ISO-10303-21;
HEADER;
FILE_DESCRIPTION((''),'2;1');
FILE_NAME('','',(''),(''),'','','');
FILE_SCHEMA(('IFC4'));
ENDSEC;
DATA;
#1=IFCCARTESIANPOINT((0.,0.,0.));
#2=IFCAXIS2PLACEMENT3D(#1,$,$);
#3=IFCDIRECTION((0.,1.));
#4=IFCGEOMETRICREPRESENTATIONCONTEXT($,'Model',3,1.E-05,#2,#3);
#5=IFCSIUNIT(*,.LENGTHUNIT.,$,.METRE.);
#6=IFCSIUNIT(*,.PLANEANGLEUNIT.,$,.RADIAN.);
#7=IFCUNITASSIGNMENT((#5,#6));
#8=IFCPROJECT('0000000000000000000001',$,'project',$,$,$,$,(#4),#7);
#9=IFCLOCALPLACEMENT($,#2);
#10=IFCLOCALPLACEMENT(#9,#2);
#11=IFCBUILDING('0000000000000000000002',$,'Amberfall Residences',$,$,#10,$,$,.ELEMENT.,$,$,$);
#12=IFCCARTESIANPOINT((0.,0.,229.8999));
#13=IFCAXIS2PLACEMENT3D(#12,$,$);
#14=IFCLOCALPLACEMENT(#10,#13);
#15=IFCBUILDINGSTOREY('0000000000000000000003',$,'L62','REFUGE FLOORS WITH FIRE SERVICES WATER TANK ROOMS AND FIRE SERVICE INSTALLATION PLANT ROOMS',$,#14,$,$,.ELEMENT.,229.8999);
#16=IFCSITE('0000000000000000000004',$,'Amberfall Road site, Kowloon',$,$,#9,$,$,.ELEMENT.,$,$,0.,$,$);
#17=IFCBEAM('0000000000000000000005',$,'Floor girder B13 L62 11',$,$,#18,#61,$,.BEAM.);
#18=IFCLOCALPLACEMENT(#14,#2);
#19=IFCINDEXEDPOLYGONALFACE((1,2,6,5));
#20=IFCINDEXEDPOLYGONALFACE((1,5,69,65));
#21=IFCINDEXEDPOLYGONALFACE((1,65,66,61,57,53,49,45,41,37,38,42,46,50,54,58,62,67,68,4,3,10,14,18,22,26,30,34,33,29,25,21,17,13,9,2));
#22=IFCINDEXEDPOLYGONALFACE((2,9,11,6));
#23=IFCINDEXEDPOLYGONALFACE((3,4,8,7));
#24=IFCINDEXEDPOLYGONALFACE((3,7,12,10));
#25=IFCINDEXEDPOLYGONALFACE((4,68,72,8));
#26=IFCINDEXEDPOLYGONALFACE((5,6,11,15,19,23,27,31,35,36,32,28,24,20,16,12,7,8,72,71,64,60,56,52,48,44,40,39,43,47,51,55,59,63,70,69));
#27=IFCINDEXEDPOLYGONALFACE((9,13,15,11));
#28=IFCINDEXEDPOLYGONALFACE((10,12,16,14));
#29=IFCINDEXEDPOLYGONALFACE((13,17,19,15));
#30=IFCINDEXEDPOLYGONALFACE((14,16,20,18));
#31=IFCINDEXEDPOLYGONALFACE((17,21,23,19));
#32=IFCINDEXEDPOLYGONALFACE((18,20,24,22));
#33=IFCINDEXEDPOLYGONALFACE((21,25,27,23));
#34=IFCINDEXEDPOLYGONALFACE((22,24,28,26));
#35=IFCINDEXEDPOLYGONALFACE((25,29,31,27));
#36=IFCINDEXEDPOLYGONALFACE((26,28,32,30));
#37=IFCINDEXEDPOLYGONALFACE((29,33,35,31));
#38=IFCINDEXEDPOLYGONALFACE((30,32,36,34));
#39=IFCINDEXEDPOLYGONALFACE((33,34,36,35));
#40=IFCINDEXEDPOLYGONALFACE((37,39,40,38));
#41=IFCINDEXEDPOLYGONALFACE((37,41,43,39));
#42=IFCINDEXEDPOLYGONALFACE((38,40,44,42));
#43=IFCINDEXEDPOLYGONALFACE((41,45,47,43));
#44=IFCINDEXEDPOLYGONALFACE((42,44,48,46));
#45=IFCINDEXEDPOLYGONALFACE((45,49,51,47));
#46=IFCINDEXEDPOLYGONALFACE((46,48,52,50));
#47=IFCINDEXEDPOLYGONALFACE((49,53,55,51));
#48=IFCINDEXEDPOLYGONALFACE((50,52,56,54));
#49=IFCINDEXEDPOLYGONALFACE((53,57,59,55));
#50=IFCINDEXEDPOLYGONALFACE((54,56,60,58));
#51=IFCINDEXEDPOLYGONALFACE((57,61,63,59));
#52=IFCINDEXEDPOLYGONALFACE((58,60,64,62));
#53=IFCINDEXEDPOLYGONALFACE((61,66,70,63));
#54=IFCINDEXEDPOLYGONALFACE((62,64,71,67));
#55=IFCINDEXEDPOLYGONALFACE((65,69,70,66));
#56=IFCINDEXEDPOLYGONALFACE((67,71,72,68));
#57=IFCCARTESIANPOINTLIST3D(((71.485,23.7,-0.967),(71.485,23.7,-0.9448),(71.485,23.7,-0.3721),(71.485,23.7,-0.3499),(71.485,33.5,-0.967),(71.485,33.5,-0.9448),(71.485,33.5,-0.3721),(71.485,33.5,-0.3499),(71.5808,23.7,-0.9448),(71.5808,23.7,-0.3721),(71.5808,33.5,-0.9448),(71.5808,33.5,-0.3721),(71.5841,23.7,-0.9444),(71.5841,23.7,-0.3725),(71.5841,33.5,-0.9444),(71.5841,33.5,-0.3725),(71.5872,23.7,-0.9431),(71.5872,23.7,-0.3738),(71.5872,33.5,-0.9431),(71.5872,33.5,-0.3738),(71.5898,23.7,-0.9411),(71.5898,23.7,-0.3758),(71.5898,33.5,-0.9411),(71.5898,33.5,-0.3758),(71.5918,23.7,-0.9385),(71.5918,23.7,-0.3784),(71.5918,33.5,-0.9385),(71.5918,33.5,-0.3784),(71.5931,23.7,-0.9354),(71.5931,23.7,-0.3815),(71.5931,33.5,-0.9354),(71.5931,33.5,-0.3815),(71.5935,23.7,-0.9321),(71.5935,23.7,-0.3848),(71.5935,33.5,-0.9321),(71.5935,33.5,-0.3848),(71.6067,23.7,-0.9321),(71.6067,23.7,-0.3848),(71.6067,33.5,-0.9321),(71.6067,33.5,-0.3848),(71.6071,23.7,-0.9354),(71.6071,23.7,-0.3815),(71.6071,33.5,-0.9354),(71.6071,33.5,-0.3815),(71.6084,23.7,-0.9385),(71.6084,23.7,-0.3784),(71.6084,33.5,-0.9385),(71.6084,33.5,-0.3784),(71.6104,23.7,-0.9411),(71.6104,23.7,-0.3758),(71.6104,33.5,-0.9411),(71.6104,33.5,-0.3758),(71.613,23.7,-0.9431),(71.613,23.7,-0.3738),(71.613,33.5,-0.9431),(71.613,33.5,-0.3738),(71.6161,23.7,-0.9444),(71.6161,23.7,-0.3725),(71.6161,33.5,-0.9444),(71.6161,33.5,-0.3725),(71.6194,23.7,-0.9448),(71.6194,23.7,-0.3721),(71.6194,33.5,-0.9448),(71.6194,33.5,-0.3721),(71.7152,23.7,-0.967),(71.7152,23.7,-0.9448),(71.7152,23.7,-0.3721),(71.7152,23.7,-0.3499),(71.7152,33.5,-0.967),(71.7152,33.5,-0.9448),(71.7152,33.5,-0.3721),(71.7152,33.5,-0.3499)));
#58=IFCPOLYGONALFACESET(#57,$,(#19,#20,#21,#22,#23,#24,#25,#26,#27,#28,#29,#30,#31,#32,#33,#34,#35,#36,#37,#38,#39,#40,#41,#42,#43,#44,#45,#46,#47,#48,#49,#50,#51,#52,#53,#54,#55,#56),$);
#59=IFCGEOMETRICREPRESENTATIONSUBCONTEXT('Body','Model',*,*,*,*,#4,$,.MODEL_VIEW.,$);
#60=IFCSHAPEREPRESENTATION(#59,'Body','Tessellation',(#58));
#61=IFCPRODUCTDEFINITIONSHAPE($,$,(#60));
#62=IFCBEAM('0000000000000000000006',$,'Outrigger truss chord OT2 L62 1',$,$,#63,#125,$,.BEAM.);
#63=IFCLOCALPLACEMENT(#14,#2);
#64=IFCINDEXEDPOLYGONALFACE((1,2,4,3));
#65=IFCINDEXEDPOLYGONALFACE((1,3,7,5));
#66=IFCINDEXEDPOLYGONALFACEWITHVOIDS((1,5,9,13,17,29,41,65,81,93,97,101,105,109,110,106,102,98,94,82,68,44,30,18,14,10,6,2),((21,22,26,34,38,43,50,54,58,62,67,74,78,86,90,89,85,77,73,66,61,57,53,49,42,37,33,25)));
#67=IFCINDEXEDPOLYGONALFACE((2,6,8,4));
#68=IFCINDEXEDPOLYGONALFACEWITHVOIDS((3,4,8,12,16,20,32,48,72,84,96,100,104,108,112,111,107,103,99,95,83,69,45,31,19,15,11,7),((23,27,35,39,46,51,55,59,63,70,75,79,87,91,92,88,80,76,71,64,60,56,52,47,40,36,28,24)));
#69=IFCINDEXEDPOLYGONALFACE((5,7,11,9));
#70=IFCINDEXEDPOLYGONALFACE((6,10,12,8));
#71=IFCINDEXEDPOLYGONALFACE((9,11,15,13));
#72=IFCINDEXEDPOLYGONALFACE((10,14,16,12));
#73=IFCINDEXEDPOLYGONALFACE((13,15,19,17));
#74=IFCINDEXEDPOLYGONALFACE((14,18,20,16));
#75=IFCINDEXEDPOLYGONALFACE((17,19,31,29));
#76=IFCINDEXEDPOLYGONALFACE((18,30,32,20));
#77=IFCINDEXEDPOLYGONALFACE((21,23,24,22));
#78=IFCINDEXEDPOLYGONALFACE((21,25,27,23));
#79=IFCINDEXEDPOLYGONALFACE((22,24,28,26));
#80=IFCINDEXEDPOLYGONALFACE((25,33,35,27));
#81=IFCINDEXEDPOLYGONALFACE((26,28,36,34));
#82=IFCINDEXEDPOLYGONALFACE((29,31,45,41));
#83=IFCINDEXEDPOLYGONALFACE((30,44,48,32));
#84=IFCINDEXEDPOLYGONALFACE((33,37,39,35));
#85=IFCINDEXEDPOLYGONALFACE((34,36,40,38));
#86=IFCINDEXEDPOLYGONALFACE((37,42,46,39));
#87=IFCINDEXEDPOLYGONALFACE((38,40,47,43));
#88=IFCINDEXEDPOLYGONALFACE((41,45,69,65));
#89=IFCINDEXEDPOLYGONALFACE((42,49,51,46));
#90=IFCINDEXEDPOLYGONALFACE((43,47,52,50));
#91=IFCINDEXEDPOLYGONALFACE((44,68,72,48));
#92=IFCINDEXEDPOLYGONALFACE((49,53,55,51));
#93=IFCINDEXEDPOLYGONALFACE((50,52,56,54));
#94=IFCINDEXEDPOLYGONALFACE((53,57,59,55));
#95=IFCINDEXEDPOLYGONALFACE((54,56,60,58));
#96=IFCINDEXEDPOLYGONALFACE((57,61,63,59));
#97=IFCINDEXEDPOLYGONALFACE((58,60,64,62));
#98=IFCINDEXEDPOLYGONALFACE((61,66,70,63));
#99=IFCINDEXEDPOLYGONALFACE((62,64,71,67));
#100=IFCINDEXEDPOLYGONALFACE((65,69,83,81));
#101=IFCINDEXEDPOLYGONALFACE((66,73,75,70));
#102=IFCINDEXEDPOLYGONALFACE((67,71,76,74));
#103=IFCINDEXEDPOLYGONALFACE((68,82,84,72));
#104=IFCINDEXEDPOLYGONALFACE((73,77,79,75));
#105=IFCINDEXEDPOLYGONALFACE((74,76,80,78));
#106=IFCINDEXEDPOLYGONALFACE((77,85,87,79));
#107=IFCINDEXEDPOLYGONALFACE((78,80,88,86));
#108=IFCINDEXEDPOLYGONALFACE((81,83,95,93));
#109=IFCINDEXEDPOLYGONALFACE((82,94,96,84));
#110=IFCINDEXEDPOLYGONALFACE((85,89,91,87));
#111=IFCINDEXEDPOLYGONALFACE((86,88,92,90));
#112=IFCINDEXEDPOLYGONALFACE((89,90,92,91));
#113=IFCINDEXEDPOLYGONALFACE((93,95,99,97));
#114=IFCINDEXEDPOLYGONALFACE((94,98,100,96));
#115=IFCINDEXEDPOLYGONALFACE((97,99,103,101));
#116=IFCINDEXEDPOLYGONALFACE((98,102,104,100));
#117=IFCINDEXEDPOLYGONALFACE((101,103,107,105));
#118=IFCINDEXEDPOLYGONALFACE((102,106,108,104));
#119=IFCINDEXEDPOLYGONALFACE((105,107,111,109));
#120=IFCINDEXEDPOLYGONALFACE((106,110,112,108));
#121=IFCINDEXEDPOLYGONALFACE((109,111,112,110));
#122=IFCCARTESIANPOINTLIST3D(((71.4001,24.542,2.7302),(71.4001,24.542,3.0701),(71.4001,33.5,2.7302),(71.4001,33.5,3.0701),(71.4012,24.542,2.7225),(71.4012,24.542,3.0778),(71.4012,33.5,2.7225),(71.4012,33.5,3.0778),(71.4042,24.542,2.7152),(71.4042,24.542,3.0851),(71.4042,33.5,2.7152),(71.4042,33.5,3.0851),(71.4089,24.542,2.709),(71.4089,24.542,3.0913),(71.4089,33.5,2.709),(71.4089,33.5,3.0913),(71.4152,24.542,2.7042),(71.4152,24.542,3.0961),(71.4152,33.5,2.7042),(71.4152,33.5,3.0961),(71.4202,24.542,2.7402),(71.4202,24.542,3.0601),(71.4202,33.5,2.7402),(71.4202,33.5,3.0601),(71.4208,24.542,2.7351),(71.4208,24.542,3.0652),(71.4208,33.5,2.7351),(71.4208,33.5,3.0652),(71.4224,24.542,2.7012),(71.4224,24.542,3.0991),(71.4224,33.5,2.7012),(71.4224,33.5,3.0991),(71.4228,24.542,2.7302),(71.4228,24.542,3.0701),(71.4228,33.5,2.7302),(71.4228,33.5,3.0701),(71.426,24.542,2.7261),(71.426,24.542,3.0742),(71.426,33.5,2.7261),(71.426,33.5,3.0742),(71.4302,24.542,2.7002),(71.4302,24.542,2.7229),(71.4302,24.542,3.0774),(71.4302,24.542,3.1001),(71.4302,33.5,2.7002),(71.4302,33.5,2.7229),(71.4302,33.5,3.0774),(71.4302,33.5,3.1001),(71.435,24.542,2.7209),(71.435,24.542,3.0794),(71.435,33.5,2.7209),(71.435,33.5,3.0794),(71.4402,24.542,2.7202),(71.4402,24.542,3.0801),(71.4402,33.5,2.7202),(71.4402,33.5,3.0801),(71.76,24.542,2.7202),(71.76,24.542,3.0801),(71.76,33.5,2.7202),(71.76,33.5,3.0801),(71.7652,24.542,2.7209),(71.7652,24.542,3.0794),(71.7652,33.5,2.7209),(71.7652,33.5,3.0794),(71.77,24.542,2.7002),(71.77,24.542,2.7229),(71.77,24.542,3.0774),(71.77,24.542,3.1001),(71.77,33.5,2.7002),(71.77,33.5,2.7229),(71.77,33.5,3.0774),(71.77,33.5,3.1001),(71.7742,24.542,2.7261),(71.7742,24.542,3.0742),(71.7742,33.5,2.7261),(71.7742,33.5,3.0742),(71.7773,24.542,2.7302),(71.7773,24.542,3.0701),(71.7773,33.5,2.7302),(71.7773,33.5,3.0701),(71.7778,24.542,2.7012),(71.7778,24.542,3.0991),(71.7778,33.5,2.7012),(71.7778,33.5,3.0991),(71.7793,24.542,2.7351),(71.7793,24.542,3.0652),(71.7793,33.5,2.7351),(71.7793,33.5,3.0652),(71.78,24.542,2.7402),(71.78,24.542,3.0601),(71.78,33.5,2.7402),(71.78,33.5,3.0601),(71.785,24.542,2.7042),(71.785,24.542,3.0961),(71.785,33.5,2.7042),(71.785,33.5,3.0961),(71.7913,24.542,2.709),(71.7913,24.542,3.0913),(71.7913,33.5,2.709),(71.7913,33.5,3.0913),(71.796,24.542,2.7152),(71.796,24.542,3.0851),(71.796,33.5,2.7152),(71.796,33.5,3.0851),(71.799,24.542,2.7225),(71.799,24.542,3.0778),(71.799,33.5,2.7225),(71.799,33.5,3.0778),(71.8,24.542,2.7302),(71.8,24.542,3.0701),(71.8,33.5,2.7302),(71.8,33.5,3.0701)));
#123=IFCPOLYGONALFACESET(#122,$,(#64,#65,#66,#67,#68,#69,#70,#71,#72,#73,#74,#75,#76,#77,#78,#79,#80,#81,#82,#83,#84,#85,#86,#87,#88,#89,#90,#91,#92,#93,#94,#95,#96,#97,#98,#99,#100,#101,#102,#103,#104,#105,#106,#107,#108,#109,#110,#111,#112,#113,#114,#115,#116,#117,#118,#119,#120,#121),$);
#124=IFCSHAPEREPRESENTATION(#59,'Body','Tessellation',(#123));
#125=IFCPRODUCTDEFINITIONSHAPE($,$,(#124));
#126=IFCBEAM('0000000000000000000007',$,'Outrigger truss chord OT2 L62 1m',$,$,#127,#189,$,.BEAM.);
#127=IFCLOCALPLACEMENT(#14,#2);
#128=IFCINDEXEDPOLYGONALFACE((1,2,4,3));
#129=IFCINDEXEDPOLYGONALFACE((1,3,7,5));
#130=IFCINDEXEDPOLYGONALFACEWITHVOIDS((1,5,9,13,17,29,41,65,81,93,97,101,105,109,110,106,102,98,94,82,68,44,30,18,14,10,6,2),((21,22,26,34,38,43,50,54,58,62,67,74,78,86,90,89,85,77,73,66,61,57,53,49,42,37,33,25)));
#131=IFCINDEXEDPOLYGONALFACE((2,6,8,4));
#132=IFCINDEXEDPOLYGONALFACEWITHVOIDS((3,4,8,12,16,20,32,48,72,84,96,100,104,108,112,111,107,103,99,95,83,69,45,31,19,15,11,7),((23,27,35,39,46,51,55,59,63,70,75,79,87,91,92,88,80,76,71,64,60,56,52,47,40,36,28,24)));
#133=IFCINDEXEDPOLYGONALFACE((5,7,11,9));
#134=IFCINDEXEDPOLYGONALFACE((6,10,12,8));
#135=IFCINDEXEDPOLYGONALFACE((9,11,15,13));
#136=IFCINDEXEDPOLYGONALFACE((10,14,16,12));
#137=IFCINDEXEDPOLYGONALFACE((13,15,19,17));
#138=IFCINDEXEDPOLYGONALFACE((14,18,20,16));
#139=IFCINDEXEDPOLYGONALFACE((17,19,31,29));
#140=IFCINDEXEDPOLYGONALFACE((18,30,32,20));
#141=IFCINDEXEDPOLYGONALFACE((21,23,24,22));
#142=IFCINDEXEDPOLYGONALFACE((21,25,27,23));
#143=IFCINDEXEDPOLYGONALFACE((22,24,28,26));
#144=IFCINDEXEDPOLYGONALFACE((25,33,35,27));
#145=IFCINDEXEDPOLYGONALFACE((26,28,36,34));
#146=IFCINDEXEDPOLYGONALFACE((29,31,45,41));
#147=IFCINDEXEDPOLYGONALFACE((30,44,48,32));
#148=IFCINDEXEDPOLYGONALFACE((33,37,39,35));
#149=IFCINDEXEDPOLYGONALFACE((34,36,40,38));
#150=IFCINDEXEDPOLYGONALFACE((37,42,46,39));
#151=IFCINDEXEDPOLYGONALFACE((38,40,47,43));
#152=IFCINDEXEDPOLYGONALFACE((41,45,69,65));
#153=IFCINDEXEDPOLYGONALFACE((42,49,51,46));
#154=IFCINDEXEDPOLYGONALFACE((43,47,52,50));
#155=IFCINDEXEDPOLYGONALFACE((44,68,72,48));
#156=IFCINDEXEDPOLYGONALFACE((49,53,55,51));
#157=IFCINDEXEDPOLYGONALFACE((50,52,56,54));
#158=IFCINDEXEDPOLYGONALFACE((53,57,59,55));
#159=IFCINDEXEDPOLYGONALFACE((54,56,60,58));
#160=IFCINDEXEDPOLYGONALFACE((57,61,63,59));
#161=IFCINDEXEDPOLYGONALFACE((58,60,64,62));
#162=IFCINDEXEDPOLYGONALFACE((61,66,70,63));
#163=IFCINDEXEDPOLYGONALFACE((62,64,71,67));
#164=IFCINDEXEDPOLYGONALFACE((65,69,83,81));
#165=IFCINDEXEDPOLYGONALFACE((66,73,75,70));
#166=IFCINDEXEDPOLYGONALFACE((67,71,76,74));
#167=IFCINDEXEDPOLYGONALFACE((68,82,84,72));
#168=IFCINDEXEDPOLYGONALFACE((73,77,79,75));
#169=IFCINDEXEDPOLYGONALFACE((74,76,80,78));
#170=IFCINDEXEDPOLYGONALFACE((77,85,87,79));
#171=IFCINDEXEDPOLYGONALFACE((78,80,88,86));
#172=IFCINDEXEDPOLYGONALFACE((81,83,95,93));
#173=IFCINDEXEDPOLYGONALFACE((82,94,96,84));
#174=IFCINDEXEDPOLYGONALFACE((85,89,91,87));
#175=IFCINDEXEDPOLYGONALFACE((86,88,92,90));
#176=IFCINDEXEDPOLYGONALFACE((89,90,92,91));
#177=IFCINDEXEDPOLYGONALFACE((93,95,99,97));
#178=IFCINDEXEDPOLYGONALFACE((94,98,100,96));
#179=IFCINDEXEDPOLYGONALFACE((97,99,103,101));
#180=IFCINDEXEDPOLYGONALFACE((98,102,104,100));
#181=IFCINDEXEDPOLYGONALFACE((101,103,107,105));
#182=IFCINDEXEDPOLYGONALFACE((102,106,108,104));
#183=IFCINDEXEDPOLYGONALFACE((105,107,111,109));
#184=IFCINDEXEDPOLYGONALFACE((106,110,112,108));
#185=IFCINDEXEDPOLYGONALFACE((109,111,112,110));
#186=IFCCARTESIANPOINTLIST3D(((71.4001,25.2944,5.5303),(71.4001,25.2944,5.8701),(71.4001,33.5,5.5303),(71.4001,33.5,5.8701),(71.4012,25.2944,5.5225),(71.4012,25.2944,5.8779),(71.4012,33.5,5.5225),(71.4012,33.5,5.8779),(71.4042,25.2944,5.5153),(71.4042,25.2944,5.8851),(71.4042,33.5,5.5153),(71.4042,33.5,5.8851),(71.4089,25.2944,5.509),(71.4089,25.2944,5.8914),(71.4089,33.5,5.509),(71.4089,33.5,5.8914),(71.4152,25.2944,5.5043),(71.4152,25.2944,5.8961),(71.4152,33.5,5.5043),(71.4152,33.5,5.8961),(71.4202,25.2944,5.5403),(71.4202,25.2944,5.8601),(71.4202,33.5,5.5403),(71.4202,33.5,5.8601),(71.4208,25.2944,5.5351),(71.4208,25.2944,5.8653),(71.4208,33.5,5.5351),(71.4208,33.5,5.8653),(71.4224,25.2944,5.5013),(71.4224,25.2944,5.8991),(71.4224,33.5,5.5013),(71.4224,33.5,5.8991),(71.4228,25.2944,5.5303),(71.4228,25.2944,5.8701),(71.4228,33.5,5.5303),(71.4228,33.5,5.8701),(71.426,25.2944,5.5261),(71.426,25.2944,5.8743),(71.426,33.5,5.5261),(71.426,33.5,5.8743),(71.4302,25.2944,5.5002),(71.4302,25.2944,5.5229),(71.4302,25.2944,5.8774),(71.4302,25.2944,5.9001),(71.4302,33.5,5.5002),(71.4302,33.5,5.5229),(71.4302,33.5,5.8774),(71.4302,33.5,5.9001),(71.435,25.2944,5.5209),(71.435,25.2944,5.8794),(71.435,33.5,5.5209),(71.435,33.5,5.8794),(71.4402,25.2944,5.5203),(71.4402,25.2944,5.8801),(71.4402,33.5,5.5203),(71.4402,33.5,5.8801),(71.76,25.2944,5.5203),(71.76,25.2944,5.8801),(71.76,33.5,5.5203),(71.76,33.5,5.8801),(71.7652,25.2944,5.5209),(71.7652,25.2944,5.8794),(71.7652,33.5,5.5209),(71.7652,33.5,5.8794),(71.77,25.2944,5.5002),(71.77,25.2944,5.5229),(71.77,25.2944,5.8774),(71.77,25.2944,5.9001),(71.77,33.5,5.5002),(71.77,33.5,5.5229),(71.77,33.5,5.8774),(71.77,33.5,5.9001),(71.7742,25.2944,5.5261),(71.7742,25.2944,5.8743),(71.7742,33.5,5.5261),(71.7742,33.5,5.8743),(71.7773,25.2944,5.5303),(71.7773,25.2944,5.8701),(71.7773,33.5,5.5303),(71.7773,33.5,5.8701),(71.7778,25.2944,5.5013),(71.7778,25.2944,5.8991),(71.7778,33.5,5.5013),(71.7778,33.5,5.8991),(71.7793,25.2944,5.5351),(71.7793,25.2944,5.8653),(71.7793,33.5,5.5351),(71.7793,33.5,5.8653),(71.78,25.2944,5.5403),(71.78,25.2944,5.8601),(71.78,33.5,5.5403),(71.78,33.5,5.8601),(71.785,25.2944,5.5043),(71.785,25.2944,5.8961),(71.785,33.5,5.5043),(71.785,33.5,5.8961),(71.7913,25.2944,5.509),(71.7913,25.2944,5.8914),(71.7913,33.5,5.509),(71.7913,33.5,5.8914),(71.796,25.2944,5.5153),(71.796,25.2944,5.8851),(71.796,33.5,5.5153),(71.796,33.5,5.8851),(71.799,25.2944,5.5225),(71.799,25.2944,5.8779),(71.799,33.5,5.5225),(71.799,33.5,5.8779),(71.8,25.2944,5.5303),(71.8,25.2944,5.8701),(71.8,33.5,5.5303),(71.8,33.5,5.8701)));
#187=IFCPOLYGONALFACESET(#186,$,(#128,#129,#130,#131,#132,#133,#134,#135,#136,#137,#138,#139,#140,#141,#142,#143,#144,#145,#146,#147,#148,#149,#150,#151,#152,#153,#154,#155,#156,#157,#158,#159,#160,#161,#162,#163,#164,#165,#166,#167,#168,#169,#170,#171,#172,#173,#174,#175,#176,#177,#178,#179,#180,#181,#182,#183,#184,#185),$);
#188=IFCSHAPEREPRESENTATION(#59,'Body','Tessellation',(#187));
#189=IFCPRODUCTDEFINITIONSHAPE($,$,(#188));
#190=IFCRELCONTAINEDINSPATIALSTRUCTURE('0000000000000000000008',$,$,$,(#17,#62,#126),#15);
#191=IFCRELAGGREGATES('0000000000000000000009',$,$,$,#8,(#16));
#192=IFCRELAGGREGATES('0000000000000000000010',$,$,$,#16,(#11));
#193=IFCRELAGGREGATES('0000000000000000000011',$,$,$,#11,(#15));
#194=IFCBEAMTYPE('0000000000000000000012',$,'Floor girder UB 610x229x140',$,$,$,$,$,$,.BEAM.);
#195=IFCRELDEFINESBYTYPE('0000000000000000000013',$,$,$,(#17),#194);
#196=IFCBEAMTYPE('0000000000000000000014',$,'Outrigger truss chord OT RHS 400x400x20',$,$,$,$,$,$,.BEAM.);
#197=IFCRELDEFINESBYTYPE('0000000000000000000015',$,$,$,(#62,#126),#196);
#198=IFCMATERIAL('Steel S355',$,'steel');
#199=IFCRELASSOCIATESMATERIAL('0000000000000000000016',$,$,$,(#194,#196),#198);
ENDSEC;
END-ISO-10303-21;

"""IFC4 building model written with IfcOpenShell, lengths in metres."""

from ifc_helpers import new_model, si_unit, direction, frame, origin, origin_2d, place, context, subcontext, project, spatial, hollow_rectangle, i_section, extrude, material, material_profile, profile_set, type_object, element, save


model = new_model("IFC4")

# Units and contexts
model_context = context("Model", 3, precision=1e-05, world=origin(), true_north=direction((0.0, 1.0)))
body_context = subcontext(model_context, "Body", "Model", "MODEL_VIEW")
ifc_project = project(units=[si_unit("LENGTHUNIT", "METRE"), si_unit("PLANEANGLEUNIT", "RADIAN")], contexts=[model_context])

# Site, building, storey
site_placement = place(None, origin())
site = spatial("IfcSite", under=ifc_project, at=site_placement, Name="Amberfall Road site, Kowloon", CompositionType="ELEMENT", RefElevation=0.0)
building_placement = place(site_placement, origin())
building = spatial("IfcBuilding", under=site, at=building_placement, Name="Amberfall Residences", CompositionType="ELEMENT")
storey_placement = place(building_placement, frame((0.0, 0.0, 229.8999)))
storey = spatial("IfcBuildingStorey", under=building, at=storey_placement, Name="L62", Description="REFUGE FLOORS WITH FIRE SERVICES WATER TANK ROOMS AND FIRE SERVICE INSTALLATION PLANT ROOMS", CompositionType="ELEMENT", Elevation=229.8999)

# Shared definitions
ifc_material_1 = material(Name="Steel S355", Category="steel")

# Beams
ifc_material_profile_1 = material_profile(ifc_material_1, i_section(OverallWidth=0.2302, OverallDepth=0.6172, WebThickness=0.0132, FlangeThickness=0.0222, FilletRadius=0.0127, at=origin_2d()), Name="UB 610x229x140")
ifc_profile_set_1 = profile_set([ifc_material_profile_1], Name="Steel S355")
beam_type_1 = type_object("IfcBeamType", Name="Floor girder UB 610x229x140", PredefinedType="BEAM", material=ifc_profile_set_1)
beam_1_placement = place(storey_placement, frame((71.6001, 23.7, -0.6584), z_axis=(0.0, 1.0, 0.0), x_axis=(-1.0, 0.0, 0.0)))
element("IfcBeam", 1, at=beam_1_placement, inside=storey, type_object=beam_type_1, Name="Floor girder B13 L62 11", PredefinedType="BEAM", context=body_context, shape_type="SweptSolid", body=[
    extrude(i_section(OverallWidth=0.2302, OverallDepth=0.6172, WebThickness=0.0132, FlangeThickness=0.0222, FilletRadius=0.0127, at=origin_2d()), origin(), (0.0, 0.0, 1.0), 9.8),
])
ifc_material_profile_2 = material_profile(ifc_material_1, hollow_rectangle(XDim=0.3999, YDim=0.3999, WallThickness=0.02, InnerFilletRadius=0.02, OuterFilletRadius=0.03, at=origin_2d()), Name="RHS 400x400x20")
ifc_profile_set_2 = profile_set([ifc_material_profile_2], Name="Steel S355")
beam_type_2 = type_object("IfcBeamType", Name="Outrigger truss chord OT RHS 400x400x20", PredefinedType="BEAM", material=ifc_profile_set_2)
beam_2_placement = place(storey_placement, frame((71.6001, 24.542, 2.9001), z_axis=(0.0, 1.0, 0.0), x_axis=(-1.0, 0.0, 0.0)))
element("IfcBeam", 2, at=beam_2_placement, inside=storey, type_object=beam_type_2, Name="Outrigger truss chord OT2 L62 1", PredefinedType="BEAM", context=body_context, shape_type="SweptSolid", body=[
    extrude(hollow_rectangle(XDim=0.3999, YDim=0.3999, WallThickness=0.02, InnerFilletRadius=0.02, OuterFilletRadius=0.03, at=origin_2d()), origin(), (0.0, 0.0, 1.0), 8.958),
])
beam_3_placement = place(storey_placement, frame((71.6001, 25.2944, 5.7002), z_axis=(0.0, 1.0, 0.0), x_axis=(-1.0, 0.0, 0.0)))
element("IfcBeam", 3, at=beam_3_placement, inside=storey, type_object=beam_type_2, Name="Outrigger truss chord OT2 L62 1m", PredefinedType="BEAM", context=body_context, shape_type="SweptSolid", body=[
    extrude(hollow_rectangle(XDim=0.3999, YDim=0.3999, WallThickness=0.02, InnerFilletRadius=0.02, OuterFilletRadius=0.03, at=origin_2d()), origin(), (0.0, 0.0, 1.0), 8.2056),
])

save(model, "model.ifc")
